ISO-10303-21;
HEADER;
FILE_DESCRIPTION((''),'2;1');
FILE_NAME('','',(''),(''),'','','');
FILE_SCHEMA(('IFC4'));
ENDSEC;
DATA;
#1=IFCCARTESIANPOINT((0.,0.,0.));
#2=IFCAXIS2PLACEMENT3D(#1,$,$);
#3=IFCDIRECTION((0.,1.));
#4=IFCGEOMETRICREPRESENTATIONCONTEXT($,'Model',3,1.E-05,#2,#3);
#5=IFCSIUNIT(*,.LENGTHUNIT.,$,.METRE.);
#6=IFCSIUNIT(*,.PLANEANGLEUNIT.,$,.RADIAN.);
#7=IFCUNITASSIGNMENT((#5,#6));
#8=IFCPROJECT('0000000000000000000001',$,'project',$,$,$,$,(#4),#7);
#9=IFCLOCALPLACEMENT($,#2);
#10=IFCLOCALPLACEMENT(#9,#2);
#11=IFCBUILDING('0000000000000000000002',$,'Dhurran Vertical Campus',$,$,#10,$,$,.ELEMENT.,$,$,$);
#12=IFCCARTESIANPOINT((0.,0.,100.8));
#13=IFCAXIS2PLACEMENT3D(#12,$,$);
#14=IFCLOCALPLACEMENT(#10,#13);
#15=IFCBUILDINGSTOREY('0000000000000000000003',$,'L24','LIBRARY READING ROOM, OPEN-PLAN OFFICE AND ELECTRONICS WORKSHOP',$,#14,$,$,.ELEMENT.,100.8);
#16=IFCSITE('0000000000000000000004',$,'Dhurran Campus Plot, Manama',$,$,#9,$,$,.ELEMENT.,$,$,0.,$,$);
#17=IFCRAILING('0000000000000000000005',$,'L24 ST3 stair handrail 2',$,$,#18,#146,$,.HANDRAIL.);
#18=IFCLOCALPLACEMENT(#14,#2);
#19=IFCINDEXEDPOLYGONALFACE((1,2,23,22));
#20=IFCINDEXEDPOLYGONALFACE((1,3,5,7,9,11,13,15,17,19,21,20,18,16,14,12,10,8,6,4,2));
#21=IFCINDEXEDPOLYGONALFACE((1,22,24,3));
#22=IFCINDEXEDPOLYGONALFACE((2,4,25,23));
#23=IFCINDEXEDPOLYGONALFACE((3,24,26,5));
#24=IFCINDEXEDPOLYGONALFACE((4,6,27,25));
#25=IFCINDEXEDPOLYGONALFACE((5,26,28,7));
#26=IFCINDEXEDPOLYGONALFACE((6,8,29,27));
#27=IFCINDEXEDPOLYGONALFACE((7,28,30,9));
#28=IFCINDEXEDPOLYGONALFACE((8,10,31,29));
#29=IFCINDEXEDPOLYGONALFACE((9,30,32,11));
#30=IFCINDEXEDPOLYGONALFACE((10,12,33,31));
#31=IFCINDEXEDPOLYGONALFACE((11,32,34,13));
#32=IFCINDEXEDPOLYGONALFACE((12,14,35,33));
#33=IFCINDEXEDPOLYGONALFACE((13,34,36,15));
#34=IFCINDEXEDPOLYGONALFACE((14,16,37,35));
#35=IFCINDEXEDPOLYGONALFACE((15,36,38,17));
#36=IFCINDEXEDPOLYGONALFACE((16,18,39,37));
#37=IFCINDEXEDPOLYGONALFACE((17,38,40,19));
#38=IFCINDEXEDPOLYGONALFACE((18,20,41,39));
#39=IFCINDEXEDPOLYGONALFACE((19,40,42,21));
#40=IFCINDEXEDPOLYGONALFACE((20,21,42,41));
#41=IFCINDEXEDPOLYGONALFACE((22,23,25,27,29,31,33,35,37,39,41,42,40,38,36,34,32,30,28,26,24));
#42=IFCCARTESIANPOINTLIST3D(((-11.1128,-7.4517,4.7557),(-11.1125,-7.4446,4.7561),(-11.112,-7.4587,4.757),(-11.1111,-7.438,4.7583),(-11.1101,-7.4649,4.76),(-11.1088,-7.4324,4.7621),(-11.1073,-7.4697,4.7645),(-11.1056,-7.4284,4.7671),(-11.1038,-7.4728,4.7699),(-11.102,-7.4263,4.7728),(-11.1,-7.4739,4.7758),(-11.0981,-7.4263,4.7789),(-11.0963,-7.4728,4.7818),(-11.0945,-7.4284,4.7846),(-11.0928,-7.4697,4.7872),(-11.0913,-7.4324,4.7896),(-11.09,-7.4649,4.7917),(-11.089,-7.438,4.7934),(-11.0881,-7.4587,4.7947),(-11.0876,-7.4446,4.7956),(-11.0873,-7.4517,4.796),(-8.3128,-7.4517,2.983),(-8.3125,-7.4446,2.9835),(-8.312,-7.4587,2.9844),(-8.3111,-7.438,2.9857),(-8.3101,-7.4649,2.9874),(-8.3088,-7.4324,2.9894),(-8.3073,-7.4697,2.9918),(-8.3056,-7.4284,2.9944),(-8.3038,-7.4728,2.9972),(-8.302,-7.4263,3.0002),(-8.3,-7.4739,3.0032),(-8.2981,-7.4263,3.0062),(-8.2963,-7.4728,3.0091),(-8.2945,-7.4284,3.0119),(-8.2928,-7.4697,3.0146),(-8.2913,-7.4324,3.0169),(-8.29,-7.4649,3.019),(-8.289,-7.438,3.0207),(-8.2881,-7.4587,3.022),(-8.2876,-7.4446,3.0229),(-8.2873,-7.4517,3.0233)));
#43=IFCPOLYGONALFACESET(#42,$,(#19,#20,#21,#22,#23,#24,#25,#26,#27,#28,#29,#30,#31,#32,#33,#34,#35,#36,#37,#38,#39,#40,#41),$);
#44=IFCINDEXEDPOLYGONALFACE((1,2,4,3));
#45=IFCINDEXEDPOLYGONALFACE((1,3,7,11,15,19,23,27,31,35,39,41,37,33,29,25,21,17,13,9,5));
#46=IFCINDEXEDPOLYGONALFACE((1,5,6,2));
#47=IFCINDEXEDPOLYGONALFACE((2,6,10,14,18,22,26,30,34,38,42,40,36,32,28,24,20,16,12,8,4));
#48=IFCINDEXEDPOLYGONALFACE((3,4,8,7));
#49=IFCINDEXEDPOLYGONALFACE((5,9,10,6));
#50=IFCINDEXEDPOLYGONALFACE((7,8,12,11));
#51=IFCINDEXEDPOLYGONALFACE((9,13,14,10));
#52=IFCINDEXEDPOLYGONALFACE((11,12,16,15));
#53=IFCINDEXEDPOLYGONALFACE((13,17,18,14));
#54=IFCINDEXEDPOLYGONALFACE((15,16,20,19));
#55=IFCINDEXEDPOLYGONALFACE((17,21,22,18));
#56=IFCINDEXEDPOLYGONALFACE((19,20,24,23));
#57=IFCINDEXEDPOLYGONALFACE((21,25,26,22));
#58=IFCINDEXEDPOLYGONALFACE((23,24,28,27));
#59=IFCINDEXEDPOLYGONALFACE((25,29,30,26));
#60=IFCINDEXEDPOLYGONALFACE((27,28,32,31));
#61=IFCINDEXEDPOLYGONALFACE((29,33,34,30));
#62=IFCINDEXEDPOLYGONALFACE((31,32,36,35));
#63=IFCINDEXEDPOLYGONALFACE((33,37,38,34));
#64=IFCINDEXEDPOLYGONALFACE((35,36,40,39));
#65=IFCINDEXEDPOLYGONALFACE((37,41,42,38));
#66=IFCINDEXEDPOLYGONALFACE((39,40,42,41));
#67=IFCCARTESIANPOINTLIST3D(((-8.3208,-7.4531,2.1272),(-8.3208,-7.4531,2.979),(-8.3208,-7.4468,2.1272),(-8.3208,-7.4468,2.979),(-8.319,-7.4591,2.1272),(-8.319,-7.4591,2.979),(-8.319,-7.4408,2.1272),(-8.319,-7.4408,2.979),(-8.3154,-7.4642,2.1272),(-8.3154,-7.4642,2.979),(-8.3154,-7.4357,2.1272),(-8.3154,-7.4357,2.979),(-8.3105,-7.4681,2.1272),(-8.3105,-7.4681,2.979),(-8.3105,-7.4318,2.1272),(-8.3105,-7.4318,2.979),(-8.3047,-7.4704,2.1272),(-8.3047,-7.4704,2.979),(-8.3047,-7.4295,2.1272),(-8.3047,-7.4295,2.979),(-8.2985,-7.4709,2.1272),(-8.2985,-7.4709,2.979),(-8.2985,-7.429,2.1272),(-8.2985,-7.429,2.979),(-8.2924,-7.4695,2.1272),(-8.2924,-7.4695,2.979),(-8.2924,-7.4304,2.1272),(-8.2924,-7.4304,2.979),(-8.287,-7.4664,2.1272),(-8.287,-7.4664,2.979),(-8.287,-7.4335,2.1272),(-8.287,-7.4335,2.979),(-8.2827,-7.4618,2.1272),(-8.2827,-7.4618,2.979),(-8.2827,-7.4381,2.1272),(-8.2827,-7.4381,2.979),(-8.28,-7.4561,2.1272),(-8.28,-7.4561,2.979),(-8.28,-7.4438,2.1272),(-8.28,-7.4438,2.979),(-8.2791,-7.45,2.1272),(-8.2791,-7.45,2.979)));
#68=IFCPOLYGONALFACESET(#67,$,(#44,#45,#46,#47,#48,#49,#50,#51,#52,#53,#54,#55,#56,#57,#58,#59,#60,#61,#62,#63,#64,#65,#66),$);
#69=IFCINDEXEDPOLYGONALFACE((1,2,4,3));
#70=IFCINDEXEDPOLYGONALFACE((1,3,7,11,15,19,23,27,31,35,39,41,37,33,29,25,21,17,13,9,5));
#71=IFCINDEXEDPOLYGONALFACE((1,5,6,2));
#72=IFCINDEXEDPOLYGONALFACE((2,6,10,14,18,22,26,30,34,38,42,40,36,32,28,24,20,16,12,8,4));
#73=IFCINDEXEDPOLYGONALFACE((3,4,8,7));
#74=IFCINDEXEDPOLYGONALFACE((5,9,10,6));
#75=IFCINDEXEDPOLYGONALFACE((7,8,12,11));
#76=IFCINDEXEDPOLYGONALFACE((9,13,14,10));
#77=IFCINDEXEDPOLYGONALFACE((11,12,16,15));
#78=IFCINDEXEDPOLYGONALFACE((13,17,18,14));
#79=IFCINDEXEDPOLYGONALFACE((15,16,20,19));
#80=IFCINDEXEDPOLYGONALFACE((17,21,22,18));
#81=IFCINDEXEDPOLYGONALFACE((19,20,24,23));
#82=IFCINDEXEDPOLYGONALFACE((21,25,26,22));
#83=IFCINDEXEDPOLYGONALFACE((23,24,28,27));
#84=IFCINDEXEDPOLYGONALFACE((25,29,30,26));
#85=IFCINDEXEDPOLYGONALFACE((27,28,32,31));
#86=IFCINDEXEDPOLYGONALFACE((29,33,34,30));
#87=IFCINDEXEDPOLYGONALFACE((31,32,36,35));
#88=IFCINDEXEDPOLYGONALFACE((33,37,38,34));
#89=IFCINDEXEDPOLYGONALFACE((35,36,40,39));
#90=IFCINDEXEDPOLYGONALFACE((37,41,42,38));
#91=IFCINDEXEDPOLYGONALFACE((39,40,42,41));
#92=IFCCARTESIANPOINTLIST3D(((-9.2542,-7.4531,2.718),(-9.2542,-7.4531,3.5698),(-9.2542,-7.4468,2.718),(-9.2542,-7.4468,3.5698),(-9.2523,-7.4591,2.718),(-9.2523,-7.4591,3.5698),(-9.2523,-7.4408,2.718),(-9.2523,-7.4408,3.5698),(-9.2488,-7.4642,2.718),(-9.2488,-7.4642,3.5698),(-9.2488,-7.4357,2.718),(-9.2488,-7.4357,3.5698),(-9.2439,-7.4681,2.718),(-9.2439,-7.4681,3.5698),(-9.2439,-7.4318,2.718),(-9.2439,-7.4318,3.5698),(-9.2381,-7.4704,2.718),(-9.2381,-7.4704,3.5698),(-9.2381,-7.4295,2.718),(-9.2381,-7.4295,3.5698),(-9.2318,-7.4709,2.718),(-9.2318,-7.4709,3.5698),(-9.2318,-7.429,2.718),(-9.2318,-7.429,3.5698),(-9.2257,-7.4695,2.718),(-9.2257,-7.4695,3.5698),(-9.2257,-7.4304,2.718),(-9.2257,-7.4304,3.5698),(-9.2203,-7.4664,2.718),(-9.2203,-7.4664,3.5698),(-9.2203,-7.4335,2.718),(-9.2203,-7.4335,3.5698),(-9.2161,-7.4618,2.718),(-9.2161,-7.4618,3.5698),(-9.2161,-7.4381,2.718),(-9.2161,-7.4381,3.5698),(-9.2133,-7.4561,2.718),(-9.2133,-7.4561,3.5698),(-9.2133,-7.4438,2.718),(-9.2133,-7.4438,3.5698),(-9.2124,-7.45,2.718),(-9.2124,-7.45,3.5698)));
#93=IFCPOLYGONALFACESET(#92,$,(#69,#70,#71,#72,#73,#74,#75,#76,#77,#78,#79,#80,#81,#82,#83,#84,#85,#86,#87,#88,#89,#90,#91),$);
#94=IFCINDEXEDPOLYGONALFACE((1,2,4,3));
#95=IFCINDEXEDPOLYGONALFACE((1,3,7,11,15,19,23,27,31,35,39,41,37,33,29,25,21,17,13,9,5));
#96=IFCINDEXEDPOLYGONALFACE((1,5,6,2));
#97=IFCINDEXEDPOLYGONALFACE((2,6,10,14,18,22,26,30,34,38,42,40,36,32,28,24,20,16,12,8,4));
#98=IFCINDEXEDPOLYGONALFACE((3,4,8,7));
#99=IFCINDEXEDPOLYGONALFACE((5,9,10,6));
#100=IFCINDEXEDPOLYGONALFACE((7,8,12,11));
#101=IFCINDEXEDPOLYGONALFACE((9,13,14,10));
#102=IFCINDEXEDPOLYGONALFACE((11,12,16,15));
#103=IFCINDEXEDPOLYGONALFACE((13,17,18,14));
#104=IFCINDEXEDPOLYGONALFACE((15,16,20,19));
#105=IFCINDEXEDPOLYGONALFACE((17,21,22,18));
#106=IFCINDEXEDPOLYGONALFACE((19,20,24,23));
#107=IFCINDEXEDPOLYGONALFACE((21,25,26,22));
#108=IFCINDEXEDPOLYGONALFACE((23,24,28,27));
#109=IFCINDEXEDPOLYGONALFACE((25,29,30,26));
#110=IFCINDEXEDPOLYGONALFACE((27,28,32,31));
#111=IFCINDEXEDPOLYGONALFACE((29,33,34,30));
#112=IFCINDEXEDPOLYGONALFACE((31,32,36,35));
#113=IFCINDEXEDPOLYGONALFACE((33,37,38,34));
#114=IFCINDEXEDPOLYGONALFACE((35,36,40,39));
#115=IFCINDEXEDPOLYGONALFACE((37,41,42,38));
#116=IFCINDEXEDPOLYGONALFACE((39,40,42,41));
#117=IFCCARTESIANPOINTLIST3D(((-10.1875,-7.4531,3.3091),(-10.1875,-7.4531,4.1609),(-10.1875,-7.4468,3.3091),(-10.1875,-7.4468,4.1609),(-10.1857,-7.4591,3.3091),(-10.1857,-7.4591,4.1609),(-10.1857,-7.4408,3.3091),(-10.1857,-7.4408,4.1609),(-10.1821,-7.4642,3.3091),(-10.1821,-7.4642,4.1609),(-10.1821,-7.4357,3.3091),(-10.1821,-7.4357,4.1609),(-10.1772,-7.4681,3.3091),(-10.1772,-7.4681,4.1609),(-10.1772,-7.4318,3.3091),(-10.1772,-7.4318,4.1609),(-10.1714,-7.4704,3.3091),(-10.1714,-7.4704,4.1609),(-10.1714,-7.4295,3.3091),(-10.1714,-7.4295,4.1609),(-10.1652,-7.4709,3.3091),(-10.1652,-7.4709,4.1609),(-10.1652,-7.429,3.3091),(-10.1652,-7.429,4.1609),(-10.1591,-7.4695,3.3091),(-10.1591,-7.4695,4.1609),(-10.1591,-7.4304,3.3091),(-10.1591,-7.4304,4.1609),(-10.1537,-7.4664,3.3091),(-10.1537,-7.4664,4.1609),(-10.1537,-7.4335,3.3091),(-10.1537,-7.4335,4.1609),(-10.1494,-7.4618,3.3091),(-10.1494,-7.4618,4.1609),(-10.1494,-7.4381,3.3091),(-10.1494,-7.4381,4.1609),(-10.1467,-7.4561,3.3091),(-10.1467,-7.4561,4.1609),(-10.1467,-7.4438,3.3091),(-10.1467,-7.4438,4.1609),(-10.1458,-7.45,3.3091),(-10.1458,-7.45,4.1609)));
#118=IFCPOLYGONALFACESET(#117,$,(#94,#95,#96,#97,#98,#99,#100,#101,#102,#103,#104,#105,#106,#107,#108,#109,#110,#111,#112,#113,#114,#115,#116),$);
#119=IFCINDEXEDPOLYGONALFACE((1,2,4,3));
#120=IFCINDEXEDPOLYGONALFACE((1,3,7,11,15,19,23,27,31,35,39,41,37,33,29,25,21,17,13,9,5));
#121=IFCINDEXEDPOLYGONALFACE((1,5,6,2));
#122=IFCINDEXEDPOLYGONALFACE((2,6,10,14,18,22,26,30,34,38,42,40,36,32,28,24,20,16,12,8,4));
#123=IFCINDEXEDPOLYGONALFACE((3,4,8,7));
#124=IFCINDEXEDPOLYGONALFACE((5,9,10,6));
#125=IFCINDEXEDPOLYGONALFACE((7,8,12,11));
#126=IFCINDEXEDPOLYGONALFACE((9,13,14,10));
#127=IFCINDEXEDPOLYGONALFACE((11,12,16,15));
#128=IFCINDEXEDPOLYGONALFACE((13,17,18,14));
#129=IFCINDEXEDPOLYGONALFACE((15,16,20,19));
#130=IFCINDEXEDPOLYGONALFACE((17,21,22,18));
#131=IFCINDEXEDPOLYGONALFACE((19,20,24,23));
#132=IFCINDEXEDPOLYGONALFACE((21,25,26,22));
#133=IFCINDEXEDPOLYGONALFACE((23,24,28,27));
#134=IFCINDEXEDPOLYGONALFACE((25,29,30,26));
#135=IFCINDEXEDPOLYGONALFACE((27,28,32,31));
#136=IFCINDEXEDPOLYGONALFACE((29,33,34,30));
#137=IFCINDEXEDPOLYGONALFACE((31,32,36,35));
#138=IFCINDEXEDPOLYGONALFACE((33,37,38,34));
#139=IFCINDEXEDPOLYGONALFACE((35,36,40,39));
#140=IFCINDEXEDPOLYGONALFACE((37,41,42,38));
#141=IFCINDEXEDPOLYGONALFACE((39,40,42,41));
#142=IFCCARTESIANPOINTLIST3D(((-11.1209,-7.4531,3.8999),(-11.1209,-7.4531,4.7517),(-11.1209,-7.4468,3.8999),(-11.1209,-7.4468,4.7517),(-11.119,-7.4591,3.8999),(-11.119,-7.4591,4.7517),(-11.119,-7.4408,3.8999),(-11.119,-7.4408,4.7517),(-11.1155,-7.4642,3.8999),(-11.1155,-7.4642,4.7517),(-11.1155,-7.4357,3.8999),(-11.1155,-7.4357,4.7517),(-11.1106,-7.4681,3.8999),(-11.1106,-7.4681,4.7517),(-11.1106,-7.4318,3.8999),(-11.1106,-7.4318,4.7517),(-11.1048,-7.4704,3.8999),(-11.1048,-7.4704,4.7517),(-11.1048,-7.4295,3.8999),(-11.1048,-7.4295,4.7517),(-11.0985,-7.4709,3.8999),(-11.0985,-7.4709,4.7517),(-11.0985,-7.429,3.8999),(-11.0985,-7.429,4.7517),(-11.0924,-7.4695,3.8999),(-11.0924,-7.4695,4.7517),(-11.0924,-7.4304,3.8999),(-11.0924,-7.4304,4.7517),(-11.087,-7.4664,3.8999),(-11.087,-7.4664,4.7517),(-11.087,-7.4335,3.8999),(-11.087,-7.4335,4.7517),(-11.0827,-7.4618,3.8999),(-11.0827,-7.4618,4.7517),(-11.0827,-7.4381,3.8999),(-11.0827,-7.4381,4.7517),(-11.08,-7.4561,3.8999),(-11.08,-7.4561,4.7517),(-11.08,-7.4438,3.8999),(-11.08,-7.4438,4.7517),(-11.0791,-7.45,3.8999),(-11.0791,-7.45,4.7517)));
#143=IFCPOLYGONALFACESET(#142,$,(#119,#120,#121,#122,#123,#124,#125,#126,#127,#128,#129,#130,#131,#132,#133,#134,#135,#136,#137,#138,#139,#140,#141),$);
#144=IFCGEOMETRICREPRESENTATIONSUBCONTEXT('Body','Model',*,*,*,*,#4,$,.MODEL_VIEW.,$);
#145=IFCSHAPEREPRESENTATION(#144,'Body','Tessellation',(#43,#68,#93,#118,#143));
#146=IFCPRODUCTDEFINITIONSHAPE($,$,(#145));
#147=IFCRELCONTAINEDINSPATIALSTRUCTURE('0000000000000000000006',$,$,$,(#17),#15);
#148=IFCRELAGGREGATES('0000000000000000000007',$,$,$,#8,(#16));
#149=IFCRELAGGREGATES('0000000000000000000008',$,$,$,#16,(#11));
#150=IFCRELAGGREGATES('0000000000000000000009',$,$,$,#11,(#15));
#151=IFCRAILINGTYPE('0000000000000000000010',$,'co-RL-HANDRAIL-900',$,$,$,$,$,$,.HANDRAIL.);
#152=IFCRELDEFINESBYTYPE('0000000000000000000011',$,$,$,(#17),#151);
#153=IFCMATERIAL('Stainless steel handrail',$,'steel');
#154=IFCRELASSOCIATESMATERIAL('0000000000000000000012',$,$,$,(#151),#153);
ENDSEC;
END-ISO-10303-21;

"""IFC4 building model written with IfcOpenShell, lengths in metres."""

from ifc_helpers import new_model, si_unit, direction, frame, origin, origin_2d, place, context, subcontext, project, spatial, circle, extrude, material, type_object, element, save


model = new_model("IFC4")

# Units and contexts
model_context = context("Model", 3, precision=1e-05, world=origin(), true_north=direction((0.0, 1.0)))
body_context = subcontext(model_context, "Body", "Model", "MODEL_VIEW")
ifc_project = project(units=[si_unit("LENGTHUNIT", "METRE"), si_unit("PLANEANGLEUNIT", "RADIAN")], contexts=[model_context])

# Site, building, storey
site_placement = place(None, origin())
site = spatial("IfcSite", under=ifc_project, at=site_placement, Name="Dhurran Campus Plot, Manama", CompositionType="ELEMENT", RefElevation=0.0)
building_placement = place(site_placement, origin())
building = spatial("IfcBuilding", under=site, at=building_placement, Name="Dhurran Vertical Campus", CompositionType="ELEMENT")
storey_placement = place(building_placement, frame((0.0, 0.0, 100.8)))
storey = spatial("IfcBuildingStorey", under=building, at=storey_placement, Name="L24", Description="LIBRARY READING ROOM, OPEN-PLAN OFFICE AND ELECTRONICS WORKSHOP", CompositionType="ELEMENT", Elevation=100.8)

# Railing
ifc_material_1 = material(Name="Stainless steel handrail", Category="steel")
railing_type_1 = type_object("IfcRailingType", Name="co-RL-HANDRAIL-900", PredefinedType="HANDRAIL", material=ifc_material_1)
railing_1_placement = place(storey_placement, frame((-8.3, -7.45, 2.1272)))
element("IfcRailing", 1, at=railing_1_placement, inside=storey, type_object=railing_type_1, Name="L24 ST3 stair handrail 2", PredefinedType="HANDRAIL", context=body_context, shape_type="SweptSolid", body=[
    extrude(circle(Radius=0.0239, at=origin_2d()), frame((0.0, 0.0, 0.876), z_axis=(-0.844909, 0.0, 0.53491), x_axis=(0.0, -1.0, 0.0)), (0.0, 0.0, 1.0), 3.314),
    extrude(circle(Radius=0.021, at=origin_2d()), origin(), (0.0, 0.0, 1.0), 0.8518),
    extrude(circle(Radius=0.021, at=origin_2d()), frame((-0.9333, 0.0, 0.5908)), (0.0, 0.0, 1.0), 0.8518),
    extrude(circle(Radius=0.021, at=origin_2d()), frame((-1.8667, 0.0, 1.1819)), (0.0, 0.0, 1.0), 0.8518),
    extrude(circle(Radius=0.021, at=origin_2d()), frame((-2.8, 0.0, 1.7727)), (0.0, 0.0, 1.0), 0.8518),
])

save(model, "model.ifc")
